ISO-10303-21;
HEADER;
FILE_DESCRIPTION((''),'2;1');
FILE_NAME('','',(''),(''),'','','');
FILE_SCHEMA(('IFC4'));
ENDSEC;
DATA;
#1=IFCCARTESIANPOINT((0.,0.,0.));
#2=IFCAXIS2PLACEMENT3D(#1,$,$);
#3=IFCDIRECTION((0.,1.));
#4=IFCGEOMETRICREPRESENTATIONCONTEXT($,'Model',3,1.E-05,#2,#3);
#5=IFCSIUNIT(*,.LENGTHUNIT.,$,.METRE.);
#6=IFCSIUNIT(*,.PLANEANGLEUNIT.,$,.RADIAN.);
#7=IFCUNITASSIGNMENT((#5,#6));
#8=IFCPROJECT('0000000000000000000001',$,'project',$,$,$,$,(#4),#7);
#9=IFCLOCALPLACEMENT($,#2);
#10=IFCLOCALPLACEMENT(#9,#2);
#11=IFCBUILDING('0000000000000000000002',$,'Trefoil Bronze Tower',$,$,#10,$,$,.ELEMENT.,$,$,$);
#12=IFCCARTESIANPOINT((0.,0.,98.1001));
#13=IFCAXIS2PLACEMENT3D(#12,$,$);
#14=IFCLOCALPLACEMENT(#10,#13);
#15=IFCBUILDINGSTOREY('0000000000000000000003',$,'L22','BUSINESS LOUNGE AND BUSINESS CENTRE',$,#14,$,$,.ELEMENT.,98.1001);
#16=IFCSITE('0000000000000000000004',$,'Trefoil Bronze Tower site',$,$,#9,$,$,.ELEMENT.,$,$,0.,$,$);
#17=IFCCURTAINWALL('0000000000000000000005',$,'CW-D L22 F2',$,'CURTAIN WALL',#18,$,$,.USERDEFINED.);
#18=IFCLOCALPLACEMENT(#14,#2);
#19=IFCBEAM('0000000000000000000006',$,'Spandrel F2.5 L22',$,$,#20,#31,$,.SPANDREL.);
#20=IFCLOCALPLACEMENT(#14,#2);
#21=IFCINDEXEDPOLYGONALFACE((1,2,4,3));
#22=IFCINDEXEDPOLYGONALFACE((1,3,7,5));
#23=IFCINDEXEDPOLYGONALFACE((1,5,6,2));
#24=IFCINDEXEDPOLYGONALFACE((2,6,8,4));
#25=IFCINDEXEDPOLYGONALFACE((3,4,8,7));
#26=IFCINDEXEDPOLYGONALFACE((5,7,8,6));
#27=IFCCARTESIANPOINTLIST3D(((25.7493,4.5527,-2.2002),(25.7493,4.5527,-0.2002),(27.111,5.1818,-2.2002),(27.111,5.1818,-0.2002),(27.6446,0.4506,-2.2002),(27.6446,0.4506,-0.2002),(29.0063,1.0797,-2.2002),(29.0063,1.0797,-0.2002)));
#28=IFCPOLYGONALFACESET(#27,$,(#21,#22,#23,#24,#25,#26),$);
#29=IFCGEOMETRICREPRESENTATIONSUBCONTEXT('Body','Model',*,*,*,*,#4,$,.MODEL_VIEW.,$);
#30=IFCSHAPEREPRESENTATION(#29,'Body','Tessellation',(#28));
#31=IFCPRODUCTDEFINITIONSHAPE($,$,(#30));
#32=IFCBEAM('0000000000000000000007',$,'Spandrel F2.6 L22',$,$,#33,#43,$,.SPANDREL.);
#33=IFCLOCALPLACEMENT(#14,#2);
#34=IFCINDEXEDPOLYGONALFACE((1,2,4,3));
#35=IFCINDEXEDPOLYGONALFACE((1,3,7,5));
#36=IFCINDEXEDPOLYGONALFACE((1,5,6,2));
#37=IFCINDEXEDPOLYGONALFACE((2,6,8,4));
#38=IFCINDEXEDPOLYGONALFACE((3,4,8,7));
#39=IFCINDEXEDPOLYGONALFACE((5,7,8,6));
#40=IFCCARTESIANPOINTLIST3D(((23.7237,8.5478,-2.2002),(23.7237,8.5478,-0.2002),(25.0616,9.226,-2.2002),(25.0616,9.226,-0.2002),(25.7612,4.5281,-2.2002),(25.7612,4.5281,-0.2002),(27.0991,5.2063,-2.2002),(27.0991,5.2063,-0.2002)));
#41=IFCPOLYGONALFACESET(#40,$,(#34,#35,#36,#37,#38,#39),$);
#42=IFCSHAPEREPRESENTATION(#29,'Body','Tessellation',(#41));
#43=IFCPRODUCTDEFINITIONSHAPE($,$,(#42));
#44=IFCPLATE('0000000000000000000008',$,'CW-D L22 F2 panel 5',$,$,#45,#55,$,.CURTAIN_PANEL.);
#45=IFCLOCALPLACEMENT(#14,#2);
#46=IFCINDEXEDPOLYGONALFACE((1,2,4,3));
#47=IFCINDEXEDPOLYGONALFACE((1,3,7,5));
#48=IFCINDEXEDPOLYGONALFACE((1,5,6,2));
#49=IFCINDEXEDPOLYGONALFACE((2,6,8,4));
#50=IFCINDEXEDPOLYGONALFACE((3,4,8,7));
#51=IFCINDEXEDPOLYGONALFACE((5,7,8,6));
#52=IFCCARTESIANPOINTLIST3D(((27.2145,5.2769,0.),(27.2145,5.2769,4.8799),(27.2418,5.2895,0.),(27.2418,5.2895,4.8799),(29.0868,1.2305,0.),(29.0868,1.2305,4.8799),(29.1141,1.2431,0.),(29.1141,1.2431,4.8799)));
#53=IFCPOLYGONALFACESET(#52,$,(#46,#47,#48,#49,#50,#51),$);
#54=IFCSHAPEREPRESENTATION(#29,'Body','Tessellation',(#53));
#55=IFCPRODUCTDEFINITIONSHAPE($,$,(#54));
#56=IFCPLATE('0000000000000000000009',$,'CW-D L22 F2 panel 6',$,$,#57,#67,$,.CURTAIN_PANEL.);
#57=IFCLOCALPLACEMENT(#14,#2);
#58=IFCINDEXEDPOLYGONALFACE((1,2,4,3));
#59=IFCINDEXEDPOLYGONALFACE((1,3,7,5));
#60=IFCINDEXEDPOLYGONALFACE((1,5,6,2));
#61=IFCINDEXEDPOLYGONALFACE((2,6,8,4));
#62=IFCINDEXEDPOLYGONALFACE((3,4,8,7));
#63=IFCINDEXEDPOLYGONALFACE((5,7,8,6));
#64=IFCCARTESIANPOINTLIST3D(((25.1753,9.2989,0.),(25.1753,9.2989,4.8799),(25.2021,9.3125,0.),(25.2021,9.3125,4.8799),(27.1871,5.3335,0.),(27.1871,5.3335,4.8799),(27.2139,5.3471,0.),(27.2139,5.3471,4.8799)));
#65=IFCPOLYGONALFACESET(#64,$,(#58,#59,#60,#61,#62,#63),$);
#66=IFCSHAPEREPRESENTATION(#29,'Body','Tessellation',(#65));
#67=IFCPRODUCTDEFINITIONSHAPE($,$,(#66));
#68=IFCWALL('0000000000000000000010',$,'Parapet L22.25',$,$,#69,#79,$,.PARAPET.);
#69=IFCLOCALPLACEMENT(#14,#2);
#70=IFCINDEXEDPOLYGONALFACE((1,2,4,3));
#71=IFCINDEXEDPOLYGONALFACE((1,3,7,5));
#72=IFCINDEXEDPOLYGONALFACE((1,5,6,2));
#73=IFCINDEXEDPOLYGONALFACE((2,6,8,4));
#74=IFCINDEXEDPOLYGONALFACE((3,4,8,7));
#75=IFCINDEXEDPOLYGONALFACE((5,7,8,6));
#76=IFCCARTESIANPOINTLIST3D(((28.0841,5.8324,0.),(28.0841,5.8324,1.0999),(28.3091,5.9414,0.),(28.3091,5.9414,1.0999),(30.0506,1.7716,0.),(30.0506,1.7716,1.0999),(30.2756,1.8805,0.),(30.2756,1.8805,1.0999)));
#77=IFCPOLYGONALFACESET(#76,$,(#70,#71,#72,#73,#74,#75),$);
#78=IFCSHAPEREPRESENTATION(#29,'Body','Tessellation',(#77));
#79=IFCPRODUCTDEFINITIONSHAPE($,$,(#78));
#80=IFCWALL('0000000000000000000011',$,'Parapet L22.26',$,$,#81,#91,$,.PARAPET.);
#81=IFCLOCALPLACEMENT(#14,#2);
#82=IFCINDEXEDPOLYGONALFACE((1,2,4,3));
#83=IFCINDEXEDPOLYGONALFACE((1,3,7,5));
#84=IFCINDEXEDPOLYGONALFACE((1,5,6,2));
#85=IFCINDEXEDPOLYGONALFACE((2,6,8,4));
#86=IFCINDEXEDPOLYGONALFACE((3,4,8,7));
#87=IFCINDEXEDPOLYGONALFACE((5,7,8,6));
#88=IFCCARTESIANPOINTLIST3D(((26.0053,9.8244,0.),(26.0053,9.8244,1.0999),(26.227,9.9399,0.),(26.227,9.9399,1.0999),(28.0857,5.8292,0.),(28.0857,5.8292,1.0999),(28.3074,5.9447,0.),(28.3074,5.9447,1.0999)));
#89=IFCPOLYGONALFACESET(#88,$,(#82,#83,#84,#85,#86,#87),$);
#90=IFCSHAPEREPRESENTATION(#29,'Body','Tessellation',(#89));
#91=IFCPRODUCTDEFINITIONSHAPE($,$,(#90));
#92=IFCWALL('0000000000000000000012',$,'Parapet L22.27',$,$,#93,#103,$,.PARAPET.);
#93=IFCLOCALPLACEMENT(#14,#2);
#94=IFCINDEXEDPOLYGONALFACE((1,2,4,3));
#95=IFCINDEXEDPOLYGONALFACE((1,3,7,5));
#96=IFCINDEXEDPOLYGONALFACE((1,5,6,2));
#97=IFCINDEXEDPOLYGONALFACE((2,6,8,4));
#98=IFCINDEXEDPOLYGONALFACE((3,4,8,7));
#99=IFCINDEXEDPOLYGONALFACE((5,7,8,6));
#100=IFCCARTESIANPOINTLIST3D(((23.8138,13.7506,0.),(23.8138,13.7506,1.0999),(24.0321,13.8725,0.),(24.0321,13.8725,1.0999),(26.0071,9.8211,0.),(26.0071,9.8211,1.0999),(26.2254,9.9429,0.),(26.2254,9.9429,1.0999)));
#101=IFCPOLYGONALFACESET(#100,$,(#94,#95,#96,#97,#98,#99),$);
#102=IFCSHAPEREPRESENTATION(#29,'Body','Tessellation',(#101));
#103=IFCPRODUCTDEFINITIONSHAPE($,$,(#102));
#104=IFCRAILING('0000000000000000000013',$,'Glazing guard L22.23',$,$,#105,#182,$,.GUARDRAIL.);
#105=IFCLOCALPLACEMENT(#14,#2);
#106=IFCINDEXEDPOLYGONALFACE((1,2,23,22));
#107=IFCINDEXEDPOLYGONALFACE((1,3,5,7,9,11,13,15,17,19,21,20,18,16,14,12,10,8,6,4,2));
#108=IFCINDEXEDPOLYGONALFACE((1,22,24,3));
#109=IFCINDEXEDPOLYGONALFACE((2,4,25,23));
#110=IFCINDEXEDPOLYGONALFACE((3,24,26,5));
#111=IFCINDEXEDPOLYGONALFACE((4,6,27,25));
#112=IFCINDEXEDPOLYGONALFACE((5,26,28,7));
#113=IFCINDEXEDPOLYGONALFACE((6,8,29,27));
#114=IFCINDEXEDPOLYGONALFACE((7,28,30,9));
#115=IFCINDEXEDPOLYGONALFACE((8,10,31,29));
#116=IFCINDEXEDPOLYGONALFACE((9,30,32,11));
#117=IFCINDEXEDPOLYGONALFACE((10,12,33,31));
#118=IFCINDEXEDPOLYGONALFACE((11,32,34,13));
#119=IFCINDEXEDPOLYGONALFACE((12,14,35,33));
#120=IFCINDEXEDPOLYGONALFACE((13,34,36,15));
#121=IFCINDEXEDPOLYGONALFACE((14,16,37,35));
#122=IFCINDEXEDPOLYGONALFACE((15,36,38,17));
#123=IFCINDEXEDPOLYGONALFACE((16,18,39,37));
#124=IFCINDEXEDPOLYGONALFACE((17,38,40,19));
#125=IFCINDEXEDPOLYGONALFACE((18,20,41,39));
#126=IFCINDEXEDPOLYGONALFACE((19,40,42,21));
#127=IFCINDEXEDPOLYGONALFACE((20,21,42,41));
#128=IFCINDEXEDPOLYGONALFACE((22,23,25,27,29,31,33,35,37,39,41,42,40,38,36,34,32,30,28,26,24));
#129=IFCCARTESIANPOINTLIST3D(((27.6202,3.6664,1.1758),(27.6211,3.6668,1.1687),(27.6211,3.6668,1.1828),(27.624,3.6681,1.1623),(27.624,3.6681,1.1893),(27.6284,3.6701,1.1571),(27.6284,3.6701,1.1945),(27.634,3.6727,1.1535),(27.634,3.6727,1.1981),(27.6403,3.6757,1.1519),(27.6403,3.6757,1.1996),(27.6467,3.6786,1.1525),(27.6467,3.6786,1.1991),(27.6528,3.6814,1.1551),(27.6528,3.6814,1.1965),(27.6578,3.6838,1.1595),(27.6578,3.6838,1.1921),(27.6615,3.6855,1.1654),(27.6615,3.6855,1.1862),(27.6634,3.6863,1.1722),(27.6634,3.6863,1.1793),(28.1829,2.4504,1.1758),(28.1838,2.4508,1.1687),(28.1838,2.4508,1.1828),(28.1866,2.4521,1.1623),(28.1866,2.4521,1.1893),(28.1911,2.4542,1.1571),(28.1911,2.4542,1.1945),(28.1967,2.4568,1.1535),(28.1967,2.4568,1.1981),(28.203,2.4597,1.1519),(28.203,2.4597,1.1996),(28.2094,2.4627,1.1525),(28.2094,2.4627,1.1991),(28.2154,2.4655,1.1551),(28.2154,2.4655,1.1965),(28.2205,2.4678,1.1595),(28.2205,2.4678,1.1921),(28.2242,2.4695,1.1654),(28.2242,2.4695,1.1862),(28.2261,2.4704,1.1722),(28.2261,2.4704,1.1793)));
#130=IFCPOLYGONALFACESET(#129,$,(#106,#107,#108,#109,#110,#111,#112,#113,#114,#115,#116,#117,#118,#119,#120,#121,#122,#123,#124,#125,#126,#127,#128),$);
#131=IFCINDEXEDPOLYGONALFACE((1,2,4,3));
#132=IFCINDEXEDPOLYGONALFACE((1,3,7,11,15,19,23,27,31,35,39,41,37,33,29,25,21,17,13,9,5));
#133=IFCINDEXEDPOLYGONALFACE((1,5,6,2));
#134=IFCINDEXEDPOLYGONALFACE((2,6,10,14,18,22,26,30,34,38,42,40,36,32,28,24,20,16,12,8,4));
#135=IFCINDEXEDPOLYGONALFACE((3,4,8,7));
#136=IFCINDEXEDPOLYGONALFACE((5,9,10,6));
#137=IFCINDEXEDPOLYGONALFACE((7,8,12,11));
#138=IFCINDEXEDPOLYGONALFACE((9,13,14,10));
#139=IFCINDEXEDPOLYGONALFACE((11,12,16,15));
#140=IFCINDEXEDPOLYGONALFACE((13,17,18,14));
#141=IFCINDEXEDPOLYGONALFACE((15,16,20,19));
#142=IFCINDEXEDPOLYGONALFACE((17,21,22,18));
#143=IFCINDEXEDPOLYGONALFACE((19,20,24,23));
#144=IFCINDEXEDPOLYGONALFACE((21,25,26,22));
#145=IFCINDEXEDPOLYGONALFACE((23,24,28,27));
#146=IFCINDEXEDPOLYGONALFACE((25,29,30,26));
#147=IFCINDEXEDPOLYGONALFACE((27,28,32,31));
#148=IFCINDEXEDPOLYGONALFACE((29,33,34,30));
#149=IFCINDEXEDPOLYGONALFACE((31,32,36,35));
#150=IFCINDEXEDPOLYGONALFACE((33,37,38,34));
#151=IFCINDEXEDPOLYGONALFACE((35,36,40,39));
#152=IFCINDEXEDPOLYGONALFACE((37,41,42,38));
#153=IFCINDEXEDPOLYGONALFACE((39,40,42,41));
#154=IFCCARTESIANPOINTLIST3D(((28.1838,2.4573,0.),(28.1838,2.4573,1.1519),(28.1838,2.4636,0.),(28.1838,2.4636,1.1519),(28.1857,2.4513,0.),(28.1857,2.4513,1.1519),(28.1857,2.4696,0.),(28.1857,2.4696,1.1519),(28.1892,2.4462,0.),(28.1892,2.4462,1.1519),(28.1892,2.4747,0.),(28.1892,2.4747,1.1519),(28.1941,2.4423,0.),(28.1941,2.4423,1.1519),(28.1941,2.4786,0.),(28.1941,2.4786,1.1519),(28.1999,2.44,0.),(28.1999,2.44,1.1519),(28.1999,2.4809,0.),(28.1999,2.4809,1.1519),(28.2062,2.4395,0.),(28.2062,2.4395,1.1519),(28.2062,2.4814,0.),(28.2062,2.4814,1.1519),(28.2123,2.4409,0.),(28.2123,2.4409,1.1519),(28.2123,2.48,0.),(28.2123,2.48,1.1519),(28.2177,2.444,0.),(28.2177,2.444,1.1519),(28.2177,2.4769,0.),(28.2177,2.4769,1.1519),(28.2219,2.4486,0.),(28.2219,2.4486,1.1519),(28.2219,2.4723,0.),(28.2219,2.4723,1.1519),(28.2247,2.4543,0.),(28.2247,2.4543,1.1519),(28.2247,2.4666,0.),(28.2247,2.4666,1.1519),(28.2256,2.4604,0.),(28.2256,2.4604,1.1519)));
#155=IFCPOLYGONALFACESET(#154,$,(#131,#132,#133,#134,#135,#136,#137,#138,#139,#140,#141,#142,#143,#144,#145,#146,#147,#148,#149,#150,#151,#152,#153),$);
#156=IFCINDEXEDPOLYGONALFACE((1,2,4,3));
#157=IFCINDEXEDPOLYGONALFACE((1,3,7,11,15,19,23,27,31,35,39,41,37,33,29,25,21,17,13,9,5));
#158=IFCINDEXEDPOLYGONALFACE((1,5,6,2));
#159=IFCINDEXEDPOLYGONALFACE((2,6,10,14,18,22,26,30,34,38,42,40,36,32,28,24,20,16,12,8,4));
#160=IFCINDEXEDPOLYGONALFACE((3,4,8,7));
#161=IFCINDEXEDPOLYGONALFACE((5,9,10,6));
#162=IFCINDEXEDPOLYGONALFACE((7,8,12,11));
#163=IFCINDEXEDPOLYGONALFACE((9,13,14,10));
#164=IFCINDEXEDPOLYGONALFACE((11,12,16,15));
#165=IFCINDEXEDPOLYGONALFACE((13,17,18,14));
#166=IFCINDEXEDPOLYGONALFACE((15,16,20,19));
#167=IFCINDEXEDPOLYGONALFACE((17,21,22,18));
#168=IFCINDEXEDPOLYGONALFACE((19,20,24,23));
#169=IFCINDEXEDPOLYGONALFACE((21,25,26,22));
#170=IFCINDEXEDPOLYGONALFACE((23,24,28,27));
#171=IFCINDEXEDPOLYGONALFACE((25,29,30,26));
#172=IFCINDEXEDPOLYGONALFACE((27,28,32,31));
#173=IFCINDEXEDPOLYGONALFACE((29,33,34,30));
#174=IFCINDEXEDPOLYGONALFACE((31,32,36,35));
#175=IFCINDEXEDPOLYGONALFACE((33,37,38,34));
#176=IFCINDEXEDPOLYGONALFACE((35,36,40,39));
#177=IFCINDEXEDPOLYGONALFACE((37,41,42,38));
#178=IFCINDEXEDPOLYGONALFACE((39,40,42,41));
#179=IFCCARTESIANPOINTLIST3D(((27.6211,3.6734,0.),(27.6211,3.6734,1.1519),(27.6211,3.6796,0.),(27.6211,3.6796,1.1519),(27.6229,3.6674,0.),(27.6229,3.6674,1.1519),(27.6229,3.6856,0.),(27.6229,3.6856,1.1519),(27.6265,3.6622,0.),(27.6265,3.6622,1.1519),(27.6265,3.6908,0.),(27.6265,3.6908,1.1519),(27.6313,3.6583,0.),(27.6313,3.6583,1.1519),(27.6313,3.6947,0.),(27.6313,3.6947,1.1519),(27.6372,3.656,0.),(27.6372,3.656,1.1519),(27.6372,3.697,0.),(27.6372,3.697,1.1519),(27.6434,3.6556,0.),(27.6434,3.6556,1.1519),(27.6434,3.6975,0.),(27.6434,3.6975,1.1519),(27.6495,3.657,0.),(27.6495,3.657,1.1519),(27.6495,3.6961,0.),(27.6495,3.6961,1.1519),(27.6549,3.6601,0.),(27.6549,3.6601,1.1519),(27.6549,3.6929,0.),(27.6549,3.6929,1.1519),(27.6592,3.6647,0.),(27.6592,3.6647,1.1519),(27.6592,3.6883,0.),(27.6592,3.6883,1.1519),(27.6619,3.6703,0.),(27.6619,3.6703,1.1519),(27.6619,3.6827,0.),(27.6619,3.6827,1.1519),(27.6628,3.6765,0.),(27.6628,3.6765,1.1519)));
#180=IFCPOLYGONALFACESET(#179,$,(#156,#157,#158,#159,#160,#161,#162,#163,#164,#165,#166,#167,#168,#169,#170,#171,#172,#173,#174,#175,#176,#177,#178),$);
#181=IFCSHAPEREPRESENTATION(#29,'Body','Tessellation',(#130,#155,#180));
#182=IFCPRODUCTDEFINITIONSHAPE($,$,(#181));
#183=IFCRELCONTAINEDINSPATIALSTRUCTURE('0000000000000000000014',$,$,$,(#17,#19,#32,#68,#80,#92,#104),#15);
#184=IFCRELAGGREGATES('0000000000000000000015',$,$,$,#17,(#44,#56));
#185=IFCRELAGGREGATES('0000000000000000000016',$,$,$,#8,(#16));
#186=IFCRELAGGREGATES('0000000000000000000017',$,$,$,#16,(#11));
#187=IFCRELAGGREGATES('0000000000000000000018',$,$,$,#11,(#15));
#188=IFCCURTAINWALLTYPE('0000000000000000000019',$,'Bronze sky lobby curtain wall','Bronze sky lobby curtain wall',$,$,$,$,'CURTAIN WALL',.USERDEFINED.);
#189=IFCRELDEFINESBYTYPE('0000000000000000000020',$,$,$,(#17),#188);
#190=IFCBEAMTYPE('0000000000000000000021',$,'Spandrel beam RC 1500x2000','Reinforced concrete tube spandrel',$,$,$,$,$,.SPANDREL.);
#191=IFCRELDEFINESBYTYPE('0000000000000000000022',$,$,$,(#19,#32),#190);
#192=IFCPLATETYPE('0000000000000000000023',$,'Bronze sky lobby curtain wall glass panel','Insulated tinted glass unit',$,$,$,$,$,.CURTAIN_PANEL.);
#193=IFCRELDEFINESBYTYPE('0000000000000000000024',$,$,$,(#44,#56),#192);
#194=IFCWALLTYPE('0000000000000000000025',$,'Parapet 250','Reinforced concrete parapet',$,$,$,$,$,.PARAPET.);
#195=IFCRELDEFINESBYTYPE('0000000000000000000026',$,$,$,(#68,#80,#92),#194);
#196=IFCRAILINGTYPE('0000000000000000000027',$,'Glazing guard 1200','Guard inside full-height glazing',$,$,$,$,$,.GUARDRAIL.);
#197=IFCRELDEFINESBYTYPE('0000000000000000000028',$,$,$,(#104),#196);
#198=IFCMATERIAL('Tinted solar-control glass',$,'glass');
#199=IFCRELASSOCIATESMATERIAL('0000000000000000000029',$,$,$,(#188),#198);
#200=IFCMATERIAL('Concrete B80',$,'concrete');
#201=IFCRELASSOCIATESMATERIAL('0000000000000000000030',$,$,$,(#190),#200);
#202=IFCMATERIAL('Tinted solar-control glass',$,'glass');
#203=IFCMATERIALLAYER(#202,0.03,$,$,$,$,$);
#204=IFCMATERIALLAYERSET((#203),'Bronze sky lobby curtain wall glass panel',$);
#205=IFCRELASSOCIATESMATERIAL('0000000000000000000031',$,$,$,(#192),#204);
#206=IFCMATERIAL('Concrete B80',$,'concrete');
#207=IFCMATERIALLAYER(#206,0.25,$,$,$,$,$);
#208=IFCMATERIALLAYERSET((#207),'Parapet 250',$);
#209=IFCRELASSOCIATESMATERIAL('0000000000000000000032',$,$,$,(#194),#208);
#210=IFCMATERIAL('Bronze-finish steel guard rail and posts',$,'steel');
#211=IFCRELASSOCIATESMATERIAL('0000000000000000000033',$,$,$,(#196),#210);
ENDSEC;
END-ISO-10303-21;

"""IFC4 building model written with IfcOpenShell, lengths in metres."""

from ifc_helpers import new_model, si_unit, direction, frame, frame_2d, origin, origin_2d, place, context, subcontext, project, spatial, rectangle, circle, extrude, material, layer, layer_set, material_profile, profile_set, type_object, element, aggregate, save


model = new_model("IFC4")

# Units and contexts
model_context = context("Model", 3, precision=1e-05, world=origin(), true_north=direction((0.0, 1.0)))
body_context = subcontext(model_context, "Body", "Model", "MODEL_VIEW")
ifc_project = project(units=[si_unit("LENGTHUNIT", "METRE"), si_unit("PLANEANGLEUNIT", "RADIAN")], contexts=[model_context])

# Site, building, storey
site_placement = place(None, origin())
site = spatial("IfcSite", under=ifc_project, at=site_placement, Name="Trefoil Bronze Tower site", CompositionType="ELEMENT", RefElevation=0.0)
building_placement = place(site_placement, origin())
building = spatial("IfcBuilding", under=site, at=building_placement, Name="Trefoil Bronze Tower", CompositionType="ELEMENT")
storey_placement = place(building_placement, frame((0.0, 0.0, 98.1001)))
storey = spatial("IfcBuildingStorey", under=building, at=storey_placement, Name="L22", Description="BUSINESS LOUNGE AND BUSINESS CENTRE", CompositionType="ELEMENT", Elevation=98.1001)

# Curtain wall
ifc_material_1 = material(Name="Tinted solar-control glass", Category="glass")
curtain_wall_type = type_object("IfcCurtainWallType", Name="Bronze sky lobby curtain wall", Description="Bronze sky lobby curtain wall", ElementType="CURTAIN WALL", PredefinedType="USERDEFINED", material=ifc_material_1)
curtain_wall_placement = place(storey_placement, origin())
curtain_wall = element("IfcCurtainWall", 1, at=curtain_wall_placement, inside=storey, type_object=curtain_wall_type, Name="CW-D L22 F2", ObjectType="CURTAIN WALL", PredefinedType="USERDEFINED")

# Beams
ifc_material_2 = material(Name="Concrete B80", Category="concrete")
ifc_material_profile_1 = material_profile(ifc_material_2, rectangle(XDim=1.5, YDim=2.0, at=origin_2d()), Name="RC 1500x2000")
ifc_profile_set_1 = profile_set([ifc_material_profile_1], Name="Concrete B80")
beam_type_1 = type_object("IfcBeamType", Name="Spandrel beam RC 1500x2000", Description="Reinforced concrete tube spandrel", PredefinedType="SPANDREL", material=ifc_profile_set_1)
beam_1_placement = place(storey_placement, frame((28.3254, 0.7651, -1.2002), z_axis=(-0.419425, 0.90779, 0.0), x_axis=(-0.90779, -0.419425, 0.0)))
element("IfcBeam", 2, at=beam_1_placement, inside=storey, type_object=beam_type_1, Name="Spandrel F2.5 L22", PredefinedType="SPANDREL", context=body_context, shape_type="SweptSolid", body=[
    extrude(rectangle(XDim=1.5, YDim=2.0, at=origin_2d()), origin(), (0.0, 0.0, 1.0), 4.5188),
])
beam_2_placement = place(storey_placement, frame((26.4302, 4.8672, -1.2002), z_axis=(-0.452126, 0.891954, 0.0), x_axis=(-0.891954, -0.452126, 0.0)))
element("IfcBeam", 3, at=beam_2_placement, inside=storey, type_object=beam_type_1, Name="Spandrel F2.6 L22", PredefinedType="SPANDREL", context=body_context, shape_type="SweptSolid", body=[
    extrude(rectangle(XDim=1.5, YDim=2.0, at=origin_2d()), origin(), (0.0, 0.0, 1.0), 4.5066),
])

# Plates
ifc_material_3 = material(Name="Tinted solar-control glass", Category="glass")
ifc_layer_1 = layer(ifc_material_3, 0.03)
ifc_layer_set_1 = layer_set([ifc_layer_1], Name="Bronze sky lobby curtain wall glass panel")
plate_type = type_object("IfcPlateType", Name="Bronze sky lobby curtain wall glass panel", Description="Insulated tinted glass unit", PredefinedType="CURTAIN_PANEL", material=ifc_layer_set_1)
plate_1_placement = place(storey_placement, frame((28.1643, 3.26, 0.0), z_axis=(0.0, 0.0, 1.0), x_axis=(-0.419933, 0.907555, 0.0)))
plate_1 = element("IfcPlate", 4, at=plate_1_placement, type_object=plate_type, Name="CW-D L22 F2 panel 5", PredefinedType="CURTAIN_PANEL", context=body_context, shape_type="SweptSolid", body=[
    extrude(rectangle(XDim=4.4585, YDim=0.03, at=origin_2d()), origin(), (0.0, 0.0, 1.0), 4.8799),
])
plate_2_placement = place(storey_placement, frame((26.1946, 7.323, 0.0), z_axis=(0.0, 0.0, 1.0), x_axis=(-0.452449, 0.89179, 0.0)))
plate_2 = element("IfcPlate", 5, at=plate_2_placement, type_object=plate_type, Name="CW-D L22 F2 panel 6", PredefinedType="CURTAIN_PANEL", context=body_context, shape_type="SweptSolid", body=[
    extrude(rectangle(XDim=4.4465, YDim=0.03, at=origin_2d()), origin(), (0.0, 0.0, 1.0), 4.8799),
])
aggregate(curtain_wall, [plate_1, plate_2])

# Walls
ifc_material_4 = material(Name="Concrete B80", Category="concrete")
ifc_layer_2 = layer(ifc_material_4, 0.25)
ifc_layer_set_2 = layer_set([ifc_layer_2], Name="Parapet 250")
wall_type = type_object("IfcWallType", Name="Parapet 250", Description="Reinforced concrete parapet", PredefinedType="PARAPET", material=ifc_layer_set_2)
wall_1_placement = place(storey_placement, frame((30.1631, 1.8262, 0.0), z_axis=(0.0, 0.0, 1.0), x_axis=(-0.435858, 0.900015, 0.0)))
element("IfcWall", 6, at=wall_1_placement, inside=storey, type_object=wall_type, Name="Parapet L22.25", PredefinedType="PARAPET", context=body_context, shape_type="SweptSolid", body=[
    extrude(rectangle(XDim=4.512, YDim=0.25, at=frame_2d((2.2559, 0.0))), origin(), (0.0, 0.0, 1.0), 1.0999),
])
wall_2_placement = place(storey_placement, frame((28.1965, 5.887, 0.0), z_axis=(0.0, 0.0, 1.0), x_axis=(-0.461853, 0.886957, 0.0)))
element("IfcWall", 7, at=wall_2_placement, inside=storey, type_object=wall_type, Name="Parapet L22.26", PredefinedType="PARAPET", context=body_context, shape_type="SweptSolid", body=[
    extrude(rectangle(XDim=4.5044, YDim=0.25, at=frame_2d((2.2522, 0.0))), origin(), (0.0, 0.0, 1.0), 1.0999),
])
wall_3_placement = place(storey_placement, frame((26.1162, 9.8821, 0.0), z_axis=(0.0, 0.0, 1.0), x_axis=(-0.487374, 0.873193, 0.0)))
element("IfcWall", 8, at=wall_3_placement, inside=storey, type_object=wall_type, Name="Parapet L22.27", PredefinedType="PARAPET", context=body_context, shape_type="SweptSolid", body=[
    extrude(rectangle(XDim=4.5002, YDim=0.25, at=frame_2d((2.25, 0.0))), origin(), (0.0, 0.0, 1.0), 1.0999),
])

# Railing
ifc_material_5 = material(Name="Bronze-finish steel guard rail and posts", Category="steel")
railing_type = type_object("IfcRailingType", Name="Glazing guard 1200", Description="Guard inside full-height glazing", PredefinedType="GUARDRAIL", material=ifc_material_5)
railing_1_placement = place(storey_placement, frame((28.2046, 2.4604, 0.0)))
element("IfcRailing", 9, at=railing_1_placement, inside=storey, type_object=railing_type, Name="Glazing guard L22.23", PredefinedType="GUARDRAIL", context=body_context, shape_type="SweptSolid", body=[
    extrude(circle(Radius=0.0239, at=origin_2d()), frame((0.0, 0.0, 1.1758), z_axis=(-0.419971, 0.907538, 0.0), x_axis=(-0.907538, -0.419971, 0.0)), (0.0, 0.0, 1.0), 1.3398),
    extrude(circle(Radius=0.021, at=origin_2d()), origin(), (0.0, 0.0, 1.0), 1.1519),
    extrude(circle(Radius=0.021, at=origin_2d()), frame((-0.5627, 1.2161, 0.0)), (0.0, 0.0, 1.0), 1.1519),
])

save(model, "model.ifc")
